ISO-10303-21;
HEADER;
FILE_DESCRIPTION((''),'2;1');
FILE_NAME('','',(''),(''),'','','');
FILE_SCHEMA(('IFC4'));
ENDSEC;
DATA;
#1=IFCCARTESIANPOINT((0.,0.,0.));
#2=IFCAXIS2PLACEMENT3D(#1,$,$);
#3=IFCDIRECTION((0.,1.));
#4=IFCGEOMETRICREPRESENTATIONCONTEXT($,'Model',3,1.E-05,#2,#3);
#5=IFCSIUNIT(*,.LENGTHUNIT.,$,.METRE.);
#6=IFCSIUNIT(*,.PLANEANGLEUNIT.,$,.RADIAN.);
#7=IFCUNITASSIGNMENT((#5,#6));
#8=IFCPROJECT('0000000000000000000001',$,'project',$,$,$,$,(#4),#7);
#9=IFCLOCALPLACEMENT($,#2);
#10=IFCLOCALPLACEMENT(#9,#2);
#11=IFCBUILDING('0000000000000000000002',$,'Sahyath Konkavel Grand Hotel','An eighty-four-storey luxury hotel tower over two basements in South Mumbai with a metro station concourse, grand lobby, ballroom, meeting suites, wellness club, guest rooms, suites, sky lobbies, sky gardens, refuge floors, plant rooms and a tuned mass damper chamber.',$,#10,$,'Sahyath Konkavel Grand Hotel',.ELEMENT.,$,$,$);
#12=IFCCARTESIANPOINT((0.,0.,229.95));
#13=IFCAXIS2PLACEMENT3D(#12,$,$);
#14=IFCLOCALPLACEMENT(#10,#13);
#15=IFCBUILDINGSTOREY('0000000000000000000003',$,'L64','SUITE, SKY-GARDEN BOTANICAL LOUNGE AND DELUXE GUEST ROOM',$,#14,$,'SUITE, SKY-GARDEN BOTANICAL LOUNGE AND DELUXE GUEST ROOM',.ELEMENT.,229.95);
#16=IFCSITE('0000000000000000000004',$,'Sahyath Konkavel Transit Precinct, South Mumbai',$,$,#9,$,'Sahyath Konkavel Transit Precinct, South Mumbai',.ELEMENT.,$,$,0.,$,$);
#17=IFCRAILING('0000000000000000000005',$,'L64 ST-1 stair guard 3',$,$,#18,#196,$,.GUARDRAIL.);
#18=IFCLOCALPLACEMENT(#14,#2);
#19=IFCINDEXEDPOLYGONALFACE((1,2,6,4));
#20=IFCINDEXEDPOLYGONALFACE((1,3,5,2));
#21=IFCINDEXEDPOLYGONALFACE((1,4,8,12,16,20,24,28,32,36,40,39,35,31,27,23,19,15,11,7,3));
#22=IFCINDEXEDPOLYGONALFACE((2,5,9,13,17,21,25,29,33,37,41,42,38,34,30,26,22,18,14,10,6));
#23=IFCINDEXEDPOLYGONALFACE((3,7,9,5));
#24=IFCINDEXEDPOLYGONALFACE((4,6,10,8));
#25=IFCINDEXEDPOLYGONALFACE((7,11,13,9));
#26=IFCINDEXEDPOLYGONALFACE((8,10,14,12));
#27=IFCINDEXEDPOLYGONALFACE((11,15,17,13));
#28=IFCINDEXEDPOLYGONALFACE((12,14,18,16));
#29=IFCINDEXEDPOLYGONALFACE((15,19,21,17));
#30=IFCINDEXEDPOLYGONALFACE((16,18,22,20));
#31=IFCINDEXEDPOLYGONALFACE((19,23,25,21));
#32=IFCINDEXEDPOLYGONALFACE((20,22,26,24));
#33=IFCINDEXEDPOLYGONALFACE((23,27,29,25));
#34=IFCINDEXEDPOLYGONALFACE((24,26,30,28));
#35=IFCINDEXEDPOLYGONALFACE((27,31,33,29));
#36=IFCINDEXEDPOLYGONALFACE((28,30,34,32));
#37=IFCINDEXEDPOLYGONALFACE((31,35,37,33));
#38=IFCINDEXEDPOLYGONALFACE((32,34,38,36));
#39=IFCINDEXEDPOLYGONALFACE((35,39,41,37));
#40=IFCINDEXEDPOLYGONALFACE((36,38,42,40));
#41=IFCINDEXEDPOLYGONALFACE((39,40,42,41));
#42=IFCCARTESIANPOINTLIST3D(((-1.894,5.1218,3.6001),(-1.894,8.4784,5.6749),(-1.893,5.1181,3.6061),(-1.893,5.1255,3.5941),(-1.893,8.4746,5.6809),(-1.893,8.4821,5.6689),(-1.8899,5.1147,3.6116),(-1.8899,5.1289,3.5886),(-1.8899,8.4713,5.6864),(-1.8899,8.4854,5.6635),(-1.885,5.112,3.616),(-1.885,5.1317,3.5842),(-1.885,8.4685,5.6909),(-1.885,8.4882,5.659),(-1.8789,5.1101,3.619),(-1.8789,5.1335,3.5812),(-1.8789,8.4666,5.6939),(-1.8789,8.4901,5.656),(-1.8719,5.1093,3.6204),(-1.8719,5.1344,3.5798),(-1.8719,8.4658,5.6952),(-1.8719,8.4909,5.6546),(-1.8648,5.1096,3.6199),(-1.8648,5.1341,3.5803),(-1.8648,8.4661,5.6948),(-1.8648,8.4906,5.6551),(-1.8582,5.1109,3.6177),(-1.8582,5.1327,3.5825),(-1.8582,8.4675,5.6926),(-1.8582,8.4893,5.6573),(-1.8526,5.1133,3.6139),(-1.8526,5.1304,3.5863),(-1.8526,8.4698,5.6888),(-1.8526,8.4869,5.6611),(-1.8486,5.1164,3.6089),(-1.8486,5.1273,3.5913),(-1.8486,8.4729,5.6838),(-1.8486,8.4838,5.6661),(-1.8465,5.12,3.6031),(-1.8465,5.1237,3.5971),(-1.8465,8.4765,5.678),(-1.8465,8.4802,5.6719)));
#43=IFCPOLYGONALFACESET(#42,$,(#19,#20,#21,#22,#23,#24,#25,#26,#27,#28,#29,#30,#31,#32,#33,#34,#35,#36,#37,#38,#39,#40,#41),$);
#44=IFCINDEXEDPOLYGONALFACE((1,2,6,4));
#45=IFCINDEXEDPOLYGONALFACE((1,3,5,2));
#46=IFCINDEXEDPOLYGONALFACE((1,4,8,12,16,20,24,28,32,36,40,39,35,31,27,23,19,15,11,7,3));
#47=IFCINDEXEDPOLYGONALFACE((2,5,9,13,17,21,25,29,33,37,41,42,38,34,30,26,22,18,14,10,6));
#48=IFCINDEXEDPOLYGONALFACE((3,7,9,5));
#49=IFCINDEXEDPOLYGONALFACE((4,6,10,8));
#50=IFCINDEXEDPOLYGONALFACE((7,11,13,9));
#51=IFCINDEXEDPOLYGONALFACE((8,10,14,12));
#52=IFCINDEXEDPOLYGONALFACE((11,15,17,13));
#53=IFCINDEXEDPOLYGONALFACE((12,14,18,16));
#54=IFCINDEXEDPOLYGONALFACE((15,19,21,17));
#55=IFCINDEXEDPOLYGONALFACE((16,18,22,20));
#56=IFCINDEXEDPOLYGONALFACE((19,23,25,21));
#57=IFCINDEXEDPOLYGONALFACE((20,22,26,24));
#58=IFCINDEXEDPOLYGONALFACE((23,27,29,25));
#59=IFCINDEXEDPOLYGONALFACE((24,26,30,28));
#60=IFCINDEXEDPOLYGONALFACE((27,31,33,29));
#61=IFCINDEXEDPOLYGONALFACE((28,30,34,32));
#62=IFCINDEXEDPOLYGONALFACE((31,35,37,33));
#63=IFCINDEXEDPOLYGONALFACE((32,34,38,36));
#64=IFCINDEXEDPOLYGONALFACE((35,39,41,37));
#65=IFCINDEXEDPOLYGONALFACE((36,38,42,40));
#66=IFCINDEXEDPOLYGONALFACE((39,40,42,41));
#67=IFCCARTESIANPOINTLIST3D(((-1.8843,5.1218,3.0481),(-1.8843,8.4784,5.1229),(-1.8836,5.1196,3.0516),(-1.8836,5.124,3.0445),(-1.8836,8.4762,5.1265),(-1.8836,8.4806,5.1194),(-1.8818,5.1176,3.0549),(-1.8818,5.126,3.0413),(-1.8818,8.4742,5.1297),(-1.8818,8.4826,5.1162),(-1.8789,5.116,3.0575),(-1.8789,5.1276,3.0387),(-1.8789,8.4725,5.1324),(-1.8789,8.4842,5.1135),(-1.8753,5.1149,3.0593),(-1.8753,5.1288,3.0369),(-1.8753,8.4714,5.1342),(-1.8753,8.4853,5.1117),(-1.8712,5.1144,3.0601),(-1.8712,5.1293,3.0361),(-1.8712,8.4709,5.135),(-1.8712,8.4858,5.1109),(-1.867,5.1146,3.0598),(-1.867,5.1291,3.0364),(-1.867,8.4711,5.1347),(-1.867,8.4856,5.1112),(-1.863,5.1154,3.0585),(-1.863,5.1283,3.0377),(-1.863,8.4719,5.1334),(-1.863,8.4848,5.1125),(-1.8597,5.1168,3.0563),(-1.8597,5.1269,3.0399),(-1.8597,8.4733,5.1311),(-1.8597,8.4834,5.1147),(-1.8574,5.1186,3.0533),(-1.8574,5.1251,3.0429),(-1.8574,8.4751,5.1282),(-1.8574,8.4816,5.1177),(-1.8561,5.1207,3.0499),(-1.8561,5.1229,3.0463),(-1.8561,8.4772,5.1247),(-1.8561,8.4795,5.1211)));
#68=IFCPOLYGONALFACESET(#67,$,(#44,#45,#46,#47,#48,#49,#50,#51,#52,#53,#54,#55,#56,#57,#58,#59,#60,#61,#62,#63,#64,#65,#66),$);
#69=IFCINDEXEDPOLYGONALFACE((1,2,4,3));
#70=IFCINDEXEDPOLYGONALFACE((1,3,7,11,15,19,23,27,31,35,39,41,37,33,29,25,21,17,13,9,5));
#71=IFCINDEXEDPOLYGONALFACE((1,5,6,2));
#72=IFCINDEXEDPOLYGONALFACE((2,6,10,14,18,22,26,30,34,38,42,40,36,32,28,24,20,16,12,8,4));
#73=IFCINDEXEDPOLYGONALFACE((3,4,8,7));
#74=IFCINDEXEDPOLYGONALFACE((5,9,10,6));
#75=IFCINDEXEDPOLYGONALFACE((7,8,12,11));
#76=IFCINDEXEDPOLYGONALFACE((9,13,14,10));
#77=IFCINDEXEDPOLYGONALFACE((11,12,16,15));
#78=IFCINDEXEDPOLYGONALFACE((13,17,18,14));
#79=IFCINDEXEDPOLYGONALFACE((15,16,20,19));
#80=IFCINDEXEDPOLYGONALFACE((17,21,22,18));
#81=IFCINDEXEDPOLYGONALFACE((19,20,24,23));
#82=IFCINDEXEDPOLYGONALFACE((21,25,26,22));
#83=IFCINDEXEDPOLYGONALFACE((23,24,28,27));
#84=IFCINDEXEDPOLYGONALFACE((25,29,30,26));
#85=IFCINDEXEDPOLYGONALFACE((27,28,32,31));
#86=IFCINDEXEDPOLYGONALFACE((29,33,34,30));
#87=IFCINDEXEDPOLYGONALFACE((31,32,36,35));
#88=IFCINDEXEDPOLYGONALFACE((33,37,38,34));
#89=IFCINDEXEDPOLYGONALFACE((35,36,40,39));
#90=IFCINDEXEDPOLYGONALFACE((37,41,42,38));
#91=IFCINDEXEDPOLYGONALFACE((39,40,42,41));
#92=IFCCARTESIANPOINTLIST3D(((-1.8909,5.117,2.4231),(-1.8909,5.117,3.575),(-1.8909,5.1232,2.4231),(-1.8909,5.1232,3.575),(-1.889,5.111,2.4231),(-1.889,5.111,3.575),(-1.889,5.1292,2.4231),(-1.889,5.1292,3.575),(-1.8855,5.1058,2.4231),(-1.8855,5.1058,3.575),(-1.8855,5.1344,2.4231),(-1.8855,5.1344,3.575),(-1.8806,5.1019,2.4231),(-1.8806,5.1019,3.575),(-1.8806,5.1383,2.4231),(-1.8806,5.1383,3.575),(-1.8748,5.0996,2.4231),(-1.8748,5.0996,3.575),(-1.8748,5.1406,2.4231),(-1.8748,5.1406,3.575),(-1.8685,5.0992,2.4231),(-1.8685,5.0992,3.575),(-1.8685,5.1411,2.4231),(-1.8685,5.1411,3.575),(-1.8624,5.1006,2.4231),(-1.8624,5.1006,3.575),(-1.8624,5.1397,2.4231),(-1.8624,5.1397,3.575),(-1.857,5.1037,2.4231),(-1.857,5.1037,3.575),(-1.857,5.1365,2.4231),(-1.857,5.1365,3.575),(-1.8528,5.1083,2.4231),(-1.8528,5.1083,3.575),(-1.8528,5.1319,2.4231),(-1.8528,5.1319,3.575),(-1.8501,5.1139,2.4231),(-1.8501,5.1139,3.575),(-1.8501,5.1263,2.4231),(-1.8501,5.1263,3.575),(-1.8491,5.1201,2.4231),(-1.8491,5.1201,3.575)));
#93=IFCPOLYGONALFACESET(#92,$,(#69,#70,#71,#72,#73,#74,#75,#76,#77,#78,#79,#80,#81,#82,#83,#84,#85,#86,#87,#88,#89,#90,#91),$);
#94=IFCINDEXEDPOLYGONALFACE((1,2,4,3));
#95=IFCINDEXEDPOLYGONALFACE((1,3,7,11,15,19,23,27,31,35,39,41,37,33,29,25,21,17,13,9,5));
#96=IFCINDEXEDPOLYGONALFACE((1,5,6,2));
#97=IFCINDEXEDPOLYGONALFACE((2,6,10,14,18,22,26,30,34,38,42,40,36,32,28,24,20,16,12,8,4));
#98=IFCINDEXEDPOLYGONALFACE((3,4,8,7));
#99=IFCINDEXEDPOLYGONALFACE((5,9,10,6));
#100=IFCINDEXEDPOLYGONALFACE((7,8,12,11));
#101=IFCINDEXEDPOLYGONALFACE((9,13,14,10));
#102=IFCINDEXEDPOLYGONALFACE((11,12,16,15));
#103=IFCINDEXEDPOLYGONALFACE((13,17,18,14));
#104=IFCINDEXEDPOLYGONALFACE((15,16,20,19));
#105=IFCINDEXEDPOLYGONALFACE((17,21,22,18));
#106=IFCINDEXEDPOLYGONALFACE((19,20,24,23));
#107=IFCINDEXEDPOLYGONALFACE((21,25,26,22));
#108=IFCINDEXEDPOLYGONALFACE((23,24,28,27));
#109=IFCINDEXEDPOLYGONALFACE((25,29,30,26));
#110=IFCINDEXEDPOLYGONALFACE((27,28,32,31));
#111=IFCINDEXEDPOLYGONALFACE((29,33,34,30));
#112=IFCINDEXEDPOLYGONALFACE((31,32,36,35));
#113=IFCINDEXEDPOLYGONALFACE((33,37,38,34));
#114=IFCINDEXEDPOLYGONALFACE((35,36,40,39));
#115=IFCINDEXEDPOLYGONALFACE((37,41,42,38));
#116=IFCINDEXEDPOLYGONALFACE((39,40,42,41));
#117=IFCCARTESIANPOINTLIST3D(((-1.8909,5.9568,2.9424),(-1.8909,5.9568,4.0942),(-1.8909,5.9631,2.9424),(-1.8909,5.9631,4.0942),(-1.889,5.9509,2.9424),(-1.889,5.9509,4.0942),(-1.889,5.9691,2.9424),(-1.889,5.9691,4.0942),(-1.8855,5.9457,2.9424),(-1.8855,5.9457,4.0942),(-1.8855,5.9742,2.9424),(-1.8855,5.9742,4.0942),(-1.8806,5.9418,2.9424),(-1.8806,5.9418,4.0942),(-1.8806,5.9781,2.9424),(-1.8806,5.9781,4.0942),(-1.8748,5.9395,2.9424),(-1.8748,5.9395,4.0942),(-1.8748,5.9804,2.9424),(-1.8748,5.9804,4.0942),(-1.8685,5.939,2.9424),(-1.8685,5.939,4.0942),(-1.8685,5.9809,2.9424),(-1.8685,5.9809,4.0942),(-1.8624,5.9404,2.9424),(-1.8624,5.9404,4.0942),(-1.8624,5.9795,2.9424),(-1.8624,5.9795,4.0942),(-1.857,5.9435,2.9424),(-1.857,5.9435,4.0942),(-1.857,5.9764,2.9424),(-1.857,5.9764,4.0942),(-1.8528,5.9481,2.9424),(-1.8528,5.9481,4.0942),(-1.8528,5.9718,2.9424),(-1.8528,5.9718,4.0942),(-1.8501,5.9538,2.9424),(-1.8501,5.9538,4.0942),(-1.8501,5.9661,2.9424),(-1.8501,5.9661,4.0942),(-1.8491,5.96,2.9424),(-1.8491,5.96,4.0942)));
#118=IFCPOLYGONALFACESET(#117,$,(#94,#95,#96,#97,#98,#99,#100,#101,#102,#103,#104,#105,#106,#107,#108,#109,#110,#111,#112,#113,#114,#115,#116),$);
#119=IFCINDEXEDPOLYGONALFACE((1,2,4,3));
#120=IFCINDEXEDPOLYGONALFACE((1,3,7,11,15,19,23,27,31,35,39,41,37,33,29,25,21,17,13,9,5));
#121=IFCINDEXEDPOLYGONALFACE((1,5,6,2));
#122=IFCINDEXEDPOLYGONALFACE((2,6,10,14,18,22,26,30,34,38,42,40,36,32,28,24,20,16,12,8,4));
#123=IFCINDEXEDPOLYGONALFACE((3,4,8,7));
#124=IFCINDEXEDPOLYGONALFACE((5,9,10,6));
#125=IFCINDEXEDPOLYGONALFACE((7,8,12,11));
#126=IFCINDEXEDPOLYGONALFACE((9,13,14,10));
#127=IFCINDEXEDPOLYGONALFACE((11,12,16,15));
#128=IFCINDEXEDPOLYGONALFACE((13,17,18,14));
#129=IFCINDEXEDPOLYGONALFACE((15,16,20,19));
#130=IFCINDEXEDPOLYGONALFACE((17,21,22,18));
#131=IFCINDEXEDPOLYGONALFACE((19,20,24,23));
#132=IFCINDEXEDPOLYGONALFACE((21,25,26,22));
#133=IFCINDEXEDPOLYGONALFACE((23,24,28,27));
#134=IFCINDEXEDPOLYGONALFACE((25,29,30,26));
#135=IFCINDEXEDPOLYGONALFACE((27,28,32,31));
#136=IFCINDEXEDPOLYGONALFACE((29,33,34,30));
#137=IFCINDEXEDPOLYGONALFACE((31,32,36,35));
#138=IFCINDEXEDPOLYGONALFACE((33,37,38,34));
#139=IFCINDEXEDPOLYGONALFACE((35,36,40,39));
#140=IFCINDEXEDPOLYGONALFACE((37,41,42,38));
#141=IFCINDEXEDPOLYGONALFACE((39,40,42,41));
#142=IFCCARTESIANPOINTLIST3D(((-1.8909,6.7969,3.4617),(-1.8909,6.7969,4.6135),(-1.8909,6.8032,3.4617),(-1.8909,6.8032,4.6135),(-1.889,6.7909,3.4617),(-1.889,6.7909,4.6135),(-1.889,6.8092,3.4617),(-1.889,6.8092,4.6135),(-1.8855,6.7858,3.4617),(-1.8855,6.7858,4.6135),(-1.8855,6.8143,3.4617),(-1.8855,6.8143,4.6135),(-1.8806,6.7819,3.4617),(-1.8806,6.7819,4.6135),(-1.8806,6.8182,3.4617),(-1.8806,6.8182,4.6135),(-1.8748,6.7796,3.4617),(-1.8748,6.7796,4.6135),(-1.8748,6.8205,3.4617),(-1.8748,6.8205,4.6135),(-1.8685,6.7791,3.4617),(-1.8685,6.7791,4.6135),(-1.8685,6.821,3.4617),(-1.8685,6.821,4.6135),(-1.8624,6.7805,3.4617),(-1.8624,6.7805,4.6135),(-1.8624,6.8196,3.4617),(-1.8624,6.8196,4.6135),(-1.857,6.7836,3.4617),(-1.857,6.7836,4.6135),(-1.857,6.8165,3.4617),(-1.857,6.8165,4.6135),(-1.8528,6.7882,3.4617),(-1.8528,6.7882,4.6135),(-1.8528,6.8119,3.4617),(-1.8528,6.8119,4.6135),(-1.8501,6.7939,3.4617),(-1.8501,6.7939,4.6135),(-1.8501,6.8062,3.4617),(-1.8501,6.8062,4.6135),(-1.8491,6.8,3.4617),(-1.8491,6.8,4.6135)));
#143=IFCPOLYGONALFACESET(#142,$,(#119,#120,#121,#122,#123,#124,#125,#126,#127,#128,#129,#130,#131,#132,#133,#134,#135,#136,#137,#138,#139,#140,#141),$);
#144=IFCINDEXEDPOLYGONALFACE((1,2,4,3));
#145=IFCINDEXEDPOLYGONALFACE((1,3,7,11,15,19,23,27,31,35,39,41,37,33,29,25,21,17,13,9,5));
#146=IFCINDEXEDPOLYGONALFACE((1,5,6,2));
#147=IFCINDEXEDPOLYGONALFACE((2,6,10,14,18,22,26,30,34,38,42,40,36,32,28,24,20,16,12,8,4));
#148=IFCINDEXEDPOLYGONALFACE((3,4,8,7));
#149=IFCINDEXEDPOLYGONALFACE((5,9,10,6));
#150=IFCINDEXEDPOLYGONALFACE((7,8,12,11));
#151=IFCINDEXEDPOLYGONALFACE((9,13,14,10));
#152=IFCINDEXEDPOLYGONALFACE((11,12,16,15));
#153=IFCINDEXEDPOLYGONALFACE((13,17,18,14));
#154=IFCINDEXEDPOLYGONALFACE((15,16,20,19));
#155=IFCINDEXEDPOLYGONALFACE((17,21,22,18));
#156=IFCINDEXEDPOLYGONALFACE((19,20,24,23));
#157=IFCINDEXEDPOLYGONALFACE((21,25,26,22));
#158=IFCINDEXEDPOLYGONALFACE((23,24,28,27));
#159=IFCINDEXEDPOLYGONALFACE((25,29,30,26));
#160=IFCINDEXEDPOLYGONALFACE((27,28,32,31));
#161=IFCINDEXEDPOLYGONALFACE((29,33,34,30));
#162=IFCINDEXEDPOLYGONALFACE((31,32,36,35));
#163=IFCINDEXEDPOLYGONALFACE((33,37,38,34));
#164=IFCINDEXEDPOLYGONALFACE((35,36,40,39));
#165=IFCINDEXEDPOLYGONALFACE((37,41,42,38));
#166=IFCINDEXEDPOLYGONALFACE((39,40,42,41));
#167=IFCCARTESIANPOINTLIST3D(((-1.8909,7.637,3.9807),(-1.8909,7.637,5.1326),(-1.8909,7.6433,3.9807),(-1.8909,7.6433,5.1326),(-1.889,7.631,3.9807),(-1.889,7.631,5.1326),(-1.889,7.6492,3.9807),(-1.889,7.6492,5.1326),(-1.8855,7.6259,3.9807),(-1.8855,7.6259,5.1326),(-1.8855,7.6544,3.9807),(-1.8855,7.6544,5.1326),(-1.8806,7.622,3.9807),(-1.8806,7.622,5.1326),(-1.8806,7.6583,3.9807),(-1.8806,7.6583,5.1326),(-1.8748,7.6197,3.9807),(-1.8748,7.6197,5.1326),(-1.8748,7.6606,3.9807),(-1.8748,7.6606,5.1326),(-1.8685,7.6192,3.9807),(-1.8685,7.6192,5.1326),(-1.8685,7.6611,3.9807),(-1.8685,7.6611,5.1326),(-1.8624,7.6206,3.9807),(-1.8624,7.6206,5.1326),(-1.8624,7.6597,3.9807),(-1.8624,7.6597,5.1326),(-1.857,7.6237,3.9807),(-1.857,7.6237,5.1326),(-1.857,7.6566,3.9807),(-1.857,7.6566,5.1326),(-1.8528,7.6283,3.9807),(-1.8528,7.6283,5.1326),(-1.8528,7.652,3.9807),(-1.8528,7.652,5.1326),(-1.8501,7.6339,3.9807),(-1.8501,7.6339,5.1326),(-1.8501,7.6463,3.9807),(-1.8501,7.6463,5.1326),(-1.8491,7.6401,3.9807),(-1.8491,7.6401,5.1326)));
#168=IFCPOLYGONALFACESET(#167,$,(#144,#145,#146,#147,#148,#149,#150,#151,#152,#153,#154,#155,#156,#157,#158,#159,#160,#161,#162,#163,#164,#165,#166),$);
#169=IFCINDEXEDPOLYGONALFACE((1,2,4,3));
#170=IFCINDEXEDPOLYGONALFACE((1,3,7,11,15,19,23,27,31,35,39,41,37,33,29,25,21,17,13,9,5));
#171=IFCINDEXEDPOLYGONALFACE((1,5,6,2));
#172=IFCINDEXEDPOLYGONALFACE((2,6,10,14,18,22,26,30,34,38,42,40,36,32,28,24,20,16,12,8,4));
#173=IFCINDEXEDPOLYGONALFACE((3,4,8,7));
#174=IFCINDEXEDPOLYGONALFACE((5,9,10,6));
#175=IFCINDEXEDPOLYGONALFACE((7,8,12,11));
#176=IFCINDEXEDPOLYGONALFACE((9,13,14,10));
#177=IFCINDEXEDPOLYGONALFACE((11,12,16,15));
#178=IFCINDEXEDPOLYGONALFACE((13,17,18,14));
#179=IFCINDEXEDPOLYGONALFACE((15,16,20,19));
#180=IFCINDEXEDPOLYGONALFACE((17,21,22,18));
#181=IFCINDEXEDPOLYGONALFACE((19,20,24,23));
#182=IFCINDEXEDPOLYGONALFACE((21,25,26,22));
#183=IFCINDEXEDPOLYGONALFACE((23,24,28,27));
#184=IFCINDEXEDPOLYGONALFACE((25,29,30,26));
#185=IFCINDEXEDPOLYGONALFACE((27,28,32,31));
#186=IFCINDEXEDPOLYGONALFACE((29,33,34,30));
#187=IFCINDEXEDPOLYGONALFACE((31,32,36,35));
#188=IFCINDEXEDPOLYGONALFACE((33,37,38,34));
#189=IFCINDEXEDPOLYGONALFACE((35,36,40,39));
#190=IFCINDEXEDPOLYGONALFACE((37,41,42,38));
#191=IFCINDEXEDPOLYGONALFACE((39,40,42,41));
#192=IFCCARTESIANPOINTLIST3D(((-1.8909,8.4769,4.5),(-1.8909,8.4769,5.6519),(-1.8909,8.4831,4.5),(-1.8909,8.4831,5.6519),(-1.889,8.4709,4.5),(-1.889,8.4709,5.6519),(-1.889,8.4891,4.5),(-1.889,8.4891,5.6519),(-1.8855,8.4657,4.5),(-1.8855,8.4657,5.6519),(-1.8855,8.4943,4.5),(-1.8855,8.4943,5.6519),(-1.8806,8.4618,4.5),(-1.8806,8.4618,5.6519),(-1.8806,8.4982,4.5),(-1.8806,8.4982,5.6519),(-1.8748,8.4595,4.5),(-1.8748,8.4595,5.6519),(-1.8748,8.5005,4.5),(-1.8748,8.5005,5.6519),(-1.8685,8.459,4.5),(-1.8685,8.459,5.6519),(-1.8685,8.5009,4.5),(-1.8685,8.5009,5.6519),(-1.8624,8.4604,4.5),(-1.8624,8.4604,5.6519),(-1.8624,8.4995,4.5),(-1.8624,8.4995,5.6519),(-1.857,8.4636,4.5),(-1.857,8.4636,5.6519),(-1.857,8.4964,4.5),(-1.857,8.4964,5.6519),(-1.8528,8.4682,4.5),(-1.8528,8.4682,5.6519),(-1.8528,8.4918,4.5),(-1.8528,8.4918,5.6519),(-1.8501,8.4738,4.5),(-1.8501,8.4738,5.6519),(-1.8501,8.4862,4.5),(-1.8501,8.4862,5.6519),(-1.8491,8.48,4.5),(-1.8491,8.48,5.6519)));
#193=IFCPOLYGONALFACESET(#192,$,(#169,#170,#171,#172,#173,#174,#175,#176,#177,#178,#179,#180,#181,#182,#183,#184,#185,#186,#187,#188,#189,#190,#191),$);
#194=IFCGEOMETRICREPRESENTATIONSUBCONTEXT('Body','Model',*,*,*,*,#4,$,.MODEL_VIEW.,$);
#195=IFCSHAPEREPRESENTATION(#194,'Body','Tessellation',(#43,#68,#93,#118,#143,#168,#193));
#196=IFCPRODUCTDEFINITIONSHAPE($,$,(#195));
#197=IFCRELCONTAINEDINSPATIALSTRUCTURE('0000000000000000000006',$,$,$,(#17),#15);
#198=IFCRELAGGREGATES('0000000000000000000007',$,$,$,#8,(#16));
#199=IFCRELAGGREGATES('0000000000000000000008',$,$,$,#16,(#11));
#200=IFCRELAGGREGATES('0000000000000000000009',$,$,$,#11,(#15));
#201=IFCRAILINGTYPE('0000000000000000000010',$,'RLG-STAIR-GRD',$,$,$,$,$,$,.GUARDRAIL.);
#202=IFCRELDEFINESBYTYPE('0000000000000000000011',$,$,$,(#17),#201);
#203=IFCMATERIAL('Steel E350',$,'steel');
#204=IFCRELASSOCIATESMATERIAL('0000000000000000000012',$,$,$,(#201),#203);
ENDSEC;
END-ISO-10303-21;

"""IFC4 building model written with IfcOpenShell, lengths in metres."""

from ifc_helpers import new_model, si_unit, direction, frame, origin, origin_2d, place, context, subcontext, project, spatial, circle, extrude, material, type_object, element, save


model = new_model("IFC4")

# Units and contexts
model_context = context("Model", 3, precision=1e-05, world=origin(), true_north=direction((0.0, 1.0)))
body_context = subcontext(model_context, "Body", "Model", "MODEL_VIEW")
ifc_project = project(units=[si_unit("LENGTHUNIT", "METRE"), si_unit("PLANEANGLEUNIT", "RADIAN")], contexts=[model_context])

# Site, building, storey
site_placement = place(None, origin())
site = spatial("IfcSite", under=ifc_project, at=site_placement, Name="Sahyath Konkavel Transit Precinct, South Mumbai", LongName="Sahyath Konkavel Transit Precinct, South Mumbai", CompositionType="ELEMENT", RefElevation=0.0)
building_placement = place(site_placement, origin())
building = spatial("IfcBuilding", under=site, at=building_placement, Name="Sahyath Konkavel Grand Hotel", Description="An eighty-four-storey luxury hotel tower over two basements in South Mumbai with a metro station concourse, grand lobby, ballroom, meeting suites, wellness club, guest rooms, suites, sky lobbies, sky gardens, refuge floors, plant rooms and a tuned mass damper chamber.", LongName="Sahyath Konkavel Grand Hotel", CompositionType="ELEMENT")
storey_placement = place(building_placement, frame((0.0, 0.0, 229.95)))
storey = spatial("IfcBuildingStorey", under=building, at=storey_placement, Name="L64", Description="SUITE, SKY-GARDEN BOTANICAL LOUNGE AND DELUXE GUEST ROOM", LongName="SUITE, SKY-GARDEN BOTANICAL LOUNGE AND DELUXE GUEST ROOM", CompositionType="ELEMENT", Elevation=229.95)

# Shared definitions
ifc_material_1 = material(Name="Steel E350", Category="steel")

# Railing
railing_type_1 = type_object("IfcRailingType", Name="RLG-STAIR-GRD", PredefinedType="GUARDRAIL", material=ifc_material_1)
railing_1_placement = place(storey_placement, frame((-1.8701, 5.1201, 2.4231)))
element("IfcRailing", 1, at=railing_1_placement, inside=storey, type_object=railing_type_1, Name="L64 ST-1 stair guard 3", PredefinedType="GUARDRAIL", context=body_context, shape_type="SweptSolid", body=[
    extrude(circle(Radius=0.0239, at=origin_2d()), frame((0.0, 0.0017, 1.177), z_axis=(0.0, 0.850606, 0.525803), x_axis=(-1.0, 0.0, 0.0)), (0.0, 0.0, 1.0), 3.946),
    extrude(circle(Radius=0.0142, at=origin_2d()), frame((0.0, 0.0017, 0.625), z_axis=(0.0, 0.850606, 0.525803), x_axis=(-1.0, 0.0, 0.0)), (0.0, 0.0, 1.0), 3.946),
    extrude(circle(Radius=0.021, at=origin_2d()), origin(), (0.0, 0.0, 1.0), 1.1519),
    extrude(circle(Radius=0.021, at=origin_2d()), frame((0.0, 0.8398, 0.5193)), (0.0, 0.0, 1.0), 1.1519),
    extrude(circle(Radius=0.021, at=origin_2d()), frame((0.0, 1.6799, 1.0386)), (0.0, 0.0, 1.0), 1.1519),
    extrude(circle(Radius=0.021, at=origin_2d()), frame((0.0, 2.52, 1.5576)), (0.0, 0.0, 1.0), 1.1519),
    extrude(circle(Radius=0.021, at=origin_2d()), frame((0.0, 3.3599, 2.0769)), (0.0, 0.0, 1.0), 1.1519),
])

save(model, "model.ifc")
